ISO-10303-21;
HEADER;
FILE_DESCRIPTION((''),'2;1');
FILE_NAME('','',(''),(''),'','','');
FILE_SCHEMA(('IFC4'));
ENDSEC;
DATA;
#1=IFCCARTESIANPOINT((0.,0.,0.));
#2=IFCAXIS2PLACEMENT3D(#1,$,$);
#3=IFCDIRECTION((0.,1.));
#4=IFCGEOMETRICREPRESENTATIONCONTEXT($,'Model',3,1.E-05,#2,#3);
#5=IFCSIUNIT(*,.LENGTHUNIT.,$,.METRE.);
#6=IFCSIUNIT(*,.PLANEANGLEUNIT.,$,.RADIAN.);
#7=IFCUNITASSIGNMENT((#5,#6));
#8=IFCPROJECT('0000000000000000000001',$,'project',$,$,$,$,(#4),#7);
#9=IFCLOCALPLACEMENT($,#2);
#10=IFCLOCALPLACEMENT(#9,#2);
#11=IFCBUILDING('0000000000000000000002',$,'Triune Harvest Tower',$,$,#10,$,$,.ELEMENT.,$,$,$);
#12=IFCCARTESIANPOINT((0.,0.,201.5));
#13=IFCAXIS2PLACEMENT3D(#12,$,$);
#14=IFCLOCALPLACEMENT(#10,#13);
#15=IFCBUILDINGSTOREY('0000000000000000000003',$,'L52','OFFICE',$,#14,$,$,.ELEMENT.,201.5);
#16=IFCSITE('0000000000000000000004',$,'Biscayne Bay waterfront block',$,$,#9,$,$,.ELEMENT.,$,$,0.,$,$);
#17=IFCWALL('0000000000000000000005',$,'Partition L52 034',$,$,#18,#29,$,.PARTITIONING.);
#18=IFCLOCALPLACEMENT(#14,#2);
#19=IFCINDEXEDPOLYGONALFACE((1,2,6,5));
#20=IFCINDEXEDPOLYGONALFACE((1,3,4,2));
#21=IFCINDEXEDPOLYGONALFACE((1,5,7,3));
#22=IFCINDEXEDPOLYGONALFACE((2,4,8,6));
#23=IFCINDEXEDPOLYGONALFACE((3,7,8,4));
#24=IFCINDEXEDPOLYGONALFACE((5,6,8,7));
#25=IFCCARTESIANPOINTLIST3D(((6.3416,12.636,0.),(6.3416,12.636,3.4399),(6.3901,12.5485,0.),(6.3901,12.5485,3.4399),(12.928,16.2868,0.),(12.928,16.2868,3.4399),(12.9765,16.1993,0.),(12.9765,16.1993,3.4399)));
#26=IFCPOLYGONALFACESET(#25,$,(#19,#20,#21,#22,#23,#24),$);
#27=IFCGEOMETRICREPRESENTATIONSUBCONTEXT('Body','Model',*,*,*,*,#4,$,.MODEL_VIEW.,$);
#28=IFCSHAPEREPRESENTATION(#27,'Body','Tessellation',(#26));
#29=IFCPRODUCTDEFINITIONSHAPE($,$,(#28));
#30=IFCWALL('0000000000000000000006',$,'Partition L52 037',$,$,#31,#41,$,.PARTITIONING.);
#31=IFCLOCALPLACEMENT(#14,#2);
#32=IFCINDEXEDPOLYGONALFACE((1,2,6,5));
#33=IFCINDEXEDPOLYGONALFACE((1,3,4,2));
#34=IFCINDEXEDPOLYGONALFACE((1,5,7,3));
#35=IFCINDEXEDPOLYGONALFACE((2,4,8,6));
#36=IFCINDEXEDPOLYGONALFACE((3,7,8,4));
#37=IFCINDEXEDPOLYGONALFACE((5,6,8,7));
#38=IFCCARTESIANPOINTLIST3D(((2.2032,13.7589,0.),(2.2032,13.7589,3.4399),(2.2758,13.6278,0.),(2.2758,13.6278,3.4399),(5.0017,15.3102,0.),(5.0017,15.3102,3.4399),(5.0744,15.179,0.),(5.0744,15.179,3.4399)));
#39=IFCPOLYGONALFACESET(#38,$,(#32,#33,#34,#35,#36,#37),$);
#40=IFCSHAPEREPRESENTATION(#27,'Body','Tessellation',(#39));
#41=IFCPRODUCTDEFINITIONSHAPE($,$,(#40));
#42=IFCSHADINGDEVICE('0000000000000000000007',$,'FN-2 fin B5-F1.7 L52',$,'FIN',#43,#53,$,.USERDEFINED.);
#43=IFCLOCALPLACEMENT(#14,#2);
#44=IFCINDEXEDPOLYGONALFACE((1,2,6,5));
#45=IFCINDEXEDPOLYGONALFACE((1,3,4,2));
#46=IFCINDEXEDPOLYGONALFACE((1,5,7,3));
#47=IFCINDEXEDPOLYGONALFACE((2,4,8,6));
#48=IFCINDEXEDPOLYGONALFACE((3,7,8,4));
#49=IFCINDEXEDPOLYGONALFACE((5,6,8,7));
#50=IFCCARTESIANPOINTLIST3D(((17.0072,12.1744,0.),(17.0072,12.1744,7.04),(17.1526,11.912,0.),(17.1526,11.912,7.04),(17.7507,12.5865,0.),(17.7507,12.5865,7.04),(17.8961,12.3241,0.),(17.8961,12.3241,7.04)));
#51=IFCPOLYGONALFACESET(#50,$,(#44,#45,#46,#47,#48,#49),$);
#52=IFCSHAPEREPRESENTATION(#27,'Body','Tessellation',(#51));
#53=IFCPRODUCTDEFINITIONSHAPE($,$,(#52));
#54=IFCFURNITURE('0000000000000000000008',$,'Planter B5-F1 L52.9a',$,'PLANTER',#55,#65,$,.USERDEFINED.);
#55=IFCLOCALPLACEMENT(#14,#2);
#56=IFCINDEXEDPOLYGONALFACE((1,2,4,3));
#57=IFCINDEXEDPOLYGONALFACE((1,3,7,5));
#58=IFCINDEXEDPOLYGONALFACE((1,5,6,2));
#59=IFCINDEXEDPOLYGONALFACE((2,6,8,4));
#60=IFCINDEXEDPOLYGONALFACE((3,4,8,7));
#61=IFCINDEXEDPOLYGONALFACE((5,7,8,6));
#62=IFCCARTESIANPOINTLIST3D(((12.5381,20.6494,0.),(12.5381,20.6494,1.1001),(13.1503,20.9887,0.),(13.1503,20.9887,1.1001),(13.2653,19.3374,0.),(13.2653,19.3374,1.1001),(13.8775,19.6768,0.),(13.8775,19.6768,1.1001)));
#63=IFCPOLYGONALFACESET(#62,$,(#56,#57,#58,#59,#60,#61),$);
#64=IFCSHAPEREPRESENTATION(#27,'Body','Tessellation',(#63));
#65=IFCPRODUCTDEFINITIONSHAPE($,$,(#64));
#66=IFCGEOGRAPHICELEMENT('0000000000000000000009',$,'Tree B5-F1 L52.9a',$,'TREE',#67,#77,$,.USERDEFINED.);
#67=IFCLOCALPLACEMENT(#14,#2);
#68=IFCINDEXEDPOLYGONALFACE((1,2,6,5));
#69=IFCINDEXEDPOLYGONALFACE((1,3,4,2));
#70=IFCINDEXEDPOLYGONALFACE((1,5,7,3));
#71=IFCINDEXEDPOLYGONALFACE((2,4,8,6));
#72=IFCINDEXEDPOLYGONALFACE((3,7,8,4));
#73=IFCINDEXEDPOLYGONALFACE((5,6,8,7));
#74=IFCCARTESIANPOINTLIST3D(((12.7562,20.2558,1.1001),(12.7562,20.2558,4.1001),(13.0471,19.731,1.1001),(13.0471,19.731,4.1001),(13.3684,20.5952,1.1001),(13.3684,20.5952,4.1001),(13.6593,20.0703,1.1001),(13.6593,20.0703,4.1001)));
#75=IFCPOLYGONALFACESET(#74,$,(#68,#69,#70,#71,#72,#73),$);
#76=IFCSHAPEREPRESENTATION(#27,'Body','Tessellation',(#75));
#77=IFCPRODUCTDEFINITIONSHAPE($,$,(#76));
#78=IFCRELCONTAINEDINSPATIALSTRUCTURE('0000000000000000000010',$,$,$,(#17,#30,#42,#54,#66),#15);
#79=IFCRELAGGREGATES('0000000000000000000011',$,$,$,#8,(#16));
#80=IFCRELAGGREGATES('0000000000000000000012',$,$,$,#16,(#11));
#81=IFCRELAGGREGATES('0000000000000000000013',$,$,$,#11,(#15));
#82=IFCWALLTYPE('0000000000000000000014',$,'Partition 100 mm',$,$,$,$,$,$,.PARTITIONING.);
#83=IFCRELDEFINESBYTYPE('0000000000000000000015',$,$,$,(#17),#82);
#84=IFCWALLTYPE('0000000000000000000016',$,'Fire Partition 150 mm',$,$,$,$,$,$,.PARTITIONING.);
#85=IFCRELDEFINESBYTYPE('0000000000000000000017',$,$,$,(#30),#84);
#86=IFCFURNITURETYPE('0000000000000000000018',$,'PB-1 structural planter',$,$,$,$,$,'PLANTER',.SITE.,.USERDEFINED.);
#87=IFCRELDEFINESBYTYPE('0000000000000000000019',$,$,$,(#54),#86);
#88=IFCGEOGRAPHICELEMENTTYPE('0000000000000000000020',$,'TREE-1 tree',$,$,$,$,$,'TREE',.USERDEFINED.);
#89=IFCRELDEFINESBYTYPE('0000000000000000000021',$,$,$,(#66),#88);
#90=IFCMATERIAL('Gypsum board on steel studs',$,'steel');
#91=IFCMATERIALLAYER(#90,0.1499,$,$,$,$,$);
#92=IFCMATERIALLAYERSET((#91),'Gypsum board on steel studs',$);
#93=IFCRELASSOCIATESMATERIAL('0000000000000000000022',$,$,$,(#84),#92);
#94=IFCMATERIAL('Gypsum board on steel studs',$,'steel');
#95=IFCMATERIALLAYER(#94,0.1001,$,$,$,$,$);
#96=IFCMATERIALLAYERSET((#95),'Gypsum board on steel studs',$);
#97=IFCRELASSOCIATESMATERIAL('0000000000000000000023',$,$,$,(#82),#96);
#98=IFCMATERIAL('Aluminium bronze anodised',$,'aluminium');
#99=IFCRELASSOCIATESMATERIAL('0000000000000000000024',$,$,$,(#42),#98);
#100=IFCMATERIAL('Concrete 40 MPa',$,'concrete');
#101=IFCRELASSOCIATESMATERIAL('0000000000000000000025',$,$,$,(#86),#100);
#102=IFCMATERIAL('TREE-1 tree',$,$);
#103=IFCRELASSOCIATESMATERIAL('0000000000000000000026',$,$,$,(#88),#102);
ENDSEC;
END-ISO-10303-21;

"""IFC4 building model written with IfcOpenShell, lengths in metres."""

from ifc_helpers import new_model, si_unit, direction, frame, frame_2d, origin, origin_2d, place, context, subcontext, project, spatial, rectangle, extrude, source, transform, mapped, material, layer, layer_set, type_object, element, save


model = new_model("IFC4")

# Units and contexts
model_context = context("Model", 3, precision=1e-05, world=origin(), true_north=direction((0.0, 1.0)))
body_context = subcontext(model_context, "Body", "Model", "MODEL_VIEW")
ifc_project = project(units=[si_unit("LENGTHUNIT", "METRE"), si_unit("PLANEANGLEUNIT", "RADIAN")], contexts=[model_context])

# Site, building, storey
site_placement = place(None, origin())
site = spatial("IfcSite", under=ifc_project, at=site_placement, Name="Biscayne Bay waterfront block", CompositionType="ELEMENT", RefElevation=0.0)
building_placement = place(site_placement, origin())
building = spatial("IfcBuilding", under=site, at=building_placement, Name="Triune Harvest Tower", CompositionType="ELEMENT")
storey_placement = place(building_placement, frame((0.0, 0.0, 201.5)))
storey = spatial("IfcBuildingStorey", under=building, at=storey_placement, Name="L52", Description="OFFICE", CompositionType="ELEMENT", Elevation=201.5)

# Shared definitions
ifc_material_1 = material(Name="Gypsum board on steel studs", Category="steel")
ifc_layer_1 = layer(ifc_material_1, 0.1499)
ifc_layer_set_1 = layer_set([ifc_layer_1], Name="Gypsum board on steel studs")
wall_type_1 = type_object("IfcWallType", Name="Fire Partition 150 mm", PredefinedType="PARTITIONING", material=ifc_layer_set_1)

# Walls
ifc_material_2 = material(Name="Gypsum board on steel studs", Category="steel")
ifc_layer_2 = layer(ifc_material_2, 0.1001)
ifc_layer_set_2 = layer_set([ifc_layer_2], Name="Gypsum board on steel studs")
wall_type_2 = type_object("IfcWallType", Name="Partition 100 mm", PredefinedType="PARTITIONING", material=ifc_layer_set_2)
shared_shape_1 = source(origin(), body_context, "Body", "SweptSolid", [
    extrude(rectangle(XDim=7.5305, YDim=0.1001, at=frame_2d((3.7651, 0.0))), origin(), (0.0, 0.0, 1.0), 3.4399),
])
wall_1_placement = place(storey_placement, frame((6.366, 12.5923, 0.0), z_axis=(0.0, 0.0, 1.0), x_axis=(0.874622, 0.484806, 0.0)))
element("IfcWall", 1, at=wall_1_placement, inside=storey, type_object=wall_type_2, Name="Partition L52 034", PredefinedType="PARTITIONING", context=body_context, shape_type="MappedRepresentation", body=[
    mapped(shared_shape_1, transform((0.0, 0.0, 0.0), scale=1.0)),
])
shared_shape_2 = source(origin(), body_context, "Body", "SweptSolid", [
    extrude(rectangle(XDim=3.1997, YDim=0.1499, at=frame_2d((1.5999, 0.0))), origin(), (0.0, 0.0, 1.0), 3.4399),
])
wall_2_placement = place(storey_placement, frame((2.2395, 13.6934, 0.0), z_axis=(0.0, 0.0, 1.0), x_axis=(0.874621, 0.484807, 0.0)))
element("IfcWall", 2, at=wall_2_placement, inside=storey, type_object=wall_type_1, Name="Partition L52 037", PredefinedType="PARTITIONING", context=body_context, shape_type="MappedRepresentation", body=[
    mapped(shared_shape_2, transform((0.0, 0.0, 0.0), scale=1.0)),
])

# Shading device
ifc_material_3 = material(Name="Aluminium bronze anodised", Category="aluminium")
shared_shape_3 = source(origin(), body_context, "Body", "SweptSolid", [
    extrude(rectangle(XDim=0.3, YDim=0.8501, at=origin_2d()), origin(), (0.0, 0.0, 1.0), 7.04),
])
shading_device_placement = place(storey_placement, frame((17.4517, 12.2493, 0.0), z_axis=(0.0, 0.0, 1.0), x_axis=(-0.484808, 0.87462, 0.0)))
element("IfcShadingDevice", 3, at=shading_device_placement, inside=storey, material=ifc_material_3, Name="FN-2 fin B5-F1.7 L52", ObjectType="FIN", PredefinedType="USERDEFINED", context=body_context, shape_type="MappedRepresentation", body=[
    mapped(shared_shape_3, transform((0.0, 0.0, 0.0), scale=1.0)),
])

# Furniture
ifc_material_4 = material(Name="Concrete 40 MPa", Category="concrete")
furniture_type = type_object("IfcFurnitureType", Name="PB-1 structural planter", ElementType="PLANTER", AssemblyPlace="SITE", PredefinedType="USERDEFINED", material=ifc_material_4)
shared_shape_4 = source(origin(), body_context, "Body", "SweptSolid", [
    extrude(rectangle(XDim=1.5, YDim=0.7, at=origin_2d()), origin(), (0.0, 0.0, 1.0), 1.1001),
])
furniture_placement = place(storey_placement, frame((13.2078, 20.1631, 0.0), z_axis=(0.0, 0.0, 1.0), x_axis=(-0.484808, 0.87462, 0.0)))
element("IfcFurniture", 4, at=furniture_placement, inside=storey, type_object=furniture_type, Name="Planter B5-F1 L52.9a", ObjectType="PLANTER", PredefinedType="USERDEFINED", context=body_context, shape_type="MappedRepresentation", body=[
    mapped(shared_shape_4, transform((0.0, 0.0, 0.0), scale=1.0)),
])

# Geographic element
ifc_material_5 = material(Name="TREE-1 tree")
geographic_element_type = type_object("IfcGeographicElementType", Name="TREE-1 tree", ElementType="TREE", PredefinedType="USERDEFINED", material=ifc_material_5)
shared_shape_5 = source(origin(), body_context, "Body", "SweptSolid", [
    extrude(rectangle(XDim=0.6001, YDim=0.7, at=origin_2d()), origin(), (0.0, 0.0, 1.0), 3.0),
])
geographic_element_placement = place(storey_placement, frame((13.2078, 20.1631, 1.1001), z_axis=(0.0, 0.0, 1.0), x_axis=(-0.484808, 0.87462, 0.0)))
element("IfcGeographicElement", 5, at=geographic_element_placement, inside=storey, type_object=geographic_element_type, Name="Tree B5-F1 L52.9a", ObjectType="TREE", PredefinedType="USERDEFINED", context=body_context, shape_type="MappedRepresentation", body=[
    mapped(shared_shape_5, transform((0.0, 0.0, 0.0), scale=1.0)),
])

save(model, "model.ifc")
